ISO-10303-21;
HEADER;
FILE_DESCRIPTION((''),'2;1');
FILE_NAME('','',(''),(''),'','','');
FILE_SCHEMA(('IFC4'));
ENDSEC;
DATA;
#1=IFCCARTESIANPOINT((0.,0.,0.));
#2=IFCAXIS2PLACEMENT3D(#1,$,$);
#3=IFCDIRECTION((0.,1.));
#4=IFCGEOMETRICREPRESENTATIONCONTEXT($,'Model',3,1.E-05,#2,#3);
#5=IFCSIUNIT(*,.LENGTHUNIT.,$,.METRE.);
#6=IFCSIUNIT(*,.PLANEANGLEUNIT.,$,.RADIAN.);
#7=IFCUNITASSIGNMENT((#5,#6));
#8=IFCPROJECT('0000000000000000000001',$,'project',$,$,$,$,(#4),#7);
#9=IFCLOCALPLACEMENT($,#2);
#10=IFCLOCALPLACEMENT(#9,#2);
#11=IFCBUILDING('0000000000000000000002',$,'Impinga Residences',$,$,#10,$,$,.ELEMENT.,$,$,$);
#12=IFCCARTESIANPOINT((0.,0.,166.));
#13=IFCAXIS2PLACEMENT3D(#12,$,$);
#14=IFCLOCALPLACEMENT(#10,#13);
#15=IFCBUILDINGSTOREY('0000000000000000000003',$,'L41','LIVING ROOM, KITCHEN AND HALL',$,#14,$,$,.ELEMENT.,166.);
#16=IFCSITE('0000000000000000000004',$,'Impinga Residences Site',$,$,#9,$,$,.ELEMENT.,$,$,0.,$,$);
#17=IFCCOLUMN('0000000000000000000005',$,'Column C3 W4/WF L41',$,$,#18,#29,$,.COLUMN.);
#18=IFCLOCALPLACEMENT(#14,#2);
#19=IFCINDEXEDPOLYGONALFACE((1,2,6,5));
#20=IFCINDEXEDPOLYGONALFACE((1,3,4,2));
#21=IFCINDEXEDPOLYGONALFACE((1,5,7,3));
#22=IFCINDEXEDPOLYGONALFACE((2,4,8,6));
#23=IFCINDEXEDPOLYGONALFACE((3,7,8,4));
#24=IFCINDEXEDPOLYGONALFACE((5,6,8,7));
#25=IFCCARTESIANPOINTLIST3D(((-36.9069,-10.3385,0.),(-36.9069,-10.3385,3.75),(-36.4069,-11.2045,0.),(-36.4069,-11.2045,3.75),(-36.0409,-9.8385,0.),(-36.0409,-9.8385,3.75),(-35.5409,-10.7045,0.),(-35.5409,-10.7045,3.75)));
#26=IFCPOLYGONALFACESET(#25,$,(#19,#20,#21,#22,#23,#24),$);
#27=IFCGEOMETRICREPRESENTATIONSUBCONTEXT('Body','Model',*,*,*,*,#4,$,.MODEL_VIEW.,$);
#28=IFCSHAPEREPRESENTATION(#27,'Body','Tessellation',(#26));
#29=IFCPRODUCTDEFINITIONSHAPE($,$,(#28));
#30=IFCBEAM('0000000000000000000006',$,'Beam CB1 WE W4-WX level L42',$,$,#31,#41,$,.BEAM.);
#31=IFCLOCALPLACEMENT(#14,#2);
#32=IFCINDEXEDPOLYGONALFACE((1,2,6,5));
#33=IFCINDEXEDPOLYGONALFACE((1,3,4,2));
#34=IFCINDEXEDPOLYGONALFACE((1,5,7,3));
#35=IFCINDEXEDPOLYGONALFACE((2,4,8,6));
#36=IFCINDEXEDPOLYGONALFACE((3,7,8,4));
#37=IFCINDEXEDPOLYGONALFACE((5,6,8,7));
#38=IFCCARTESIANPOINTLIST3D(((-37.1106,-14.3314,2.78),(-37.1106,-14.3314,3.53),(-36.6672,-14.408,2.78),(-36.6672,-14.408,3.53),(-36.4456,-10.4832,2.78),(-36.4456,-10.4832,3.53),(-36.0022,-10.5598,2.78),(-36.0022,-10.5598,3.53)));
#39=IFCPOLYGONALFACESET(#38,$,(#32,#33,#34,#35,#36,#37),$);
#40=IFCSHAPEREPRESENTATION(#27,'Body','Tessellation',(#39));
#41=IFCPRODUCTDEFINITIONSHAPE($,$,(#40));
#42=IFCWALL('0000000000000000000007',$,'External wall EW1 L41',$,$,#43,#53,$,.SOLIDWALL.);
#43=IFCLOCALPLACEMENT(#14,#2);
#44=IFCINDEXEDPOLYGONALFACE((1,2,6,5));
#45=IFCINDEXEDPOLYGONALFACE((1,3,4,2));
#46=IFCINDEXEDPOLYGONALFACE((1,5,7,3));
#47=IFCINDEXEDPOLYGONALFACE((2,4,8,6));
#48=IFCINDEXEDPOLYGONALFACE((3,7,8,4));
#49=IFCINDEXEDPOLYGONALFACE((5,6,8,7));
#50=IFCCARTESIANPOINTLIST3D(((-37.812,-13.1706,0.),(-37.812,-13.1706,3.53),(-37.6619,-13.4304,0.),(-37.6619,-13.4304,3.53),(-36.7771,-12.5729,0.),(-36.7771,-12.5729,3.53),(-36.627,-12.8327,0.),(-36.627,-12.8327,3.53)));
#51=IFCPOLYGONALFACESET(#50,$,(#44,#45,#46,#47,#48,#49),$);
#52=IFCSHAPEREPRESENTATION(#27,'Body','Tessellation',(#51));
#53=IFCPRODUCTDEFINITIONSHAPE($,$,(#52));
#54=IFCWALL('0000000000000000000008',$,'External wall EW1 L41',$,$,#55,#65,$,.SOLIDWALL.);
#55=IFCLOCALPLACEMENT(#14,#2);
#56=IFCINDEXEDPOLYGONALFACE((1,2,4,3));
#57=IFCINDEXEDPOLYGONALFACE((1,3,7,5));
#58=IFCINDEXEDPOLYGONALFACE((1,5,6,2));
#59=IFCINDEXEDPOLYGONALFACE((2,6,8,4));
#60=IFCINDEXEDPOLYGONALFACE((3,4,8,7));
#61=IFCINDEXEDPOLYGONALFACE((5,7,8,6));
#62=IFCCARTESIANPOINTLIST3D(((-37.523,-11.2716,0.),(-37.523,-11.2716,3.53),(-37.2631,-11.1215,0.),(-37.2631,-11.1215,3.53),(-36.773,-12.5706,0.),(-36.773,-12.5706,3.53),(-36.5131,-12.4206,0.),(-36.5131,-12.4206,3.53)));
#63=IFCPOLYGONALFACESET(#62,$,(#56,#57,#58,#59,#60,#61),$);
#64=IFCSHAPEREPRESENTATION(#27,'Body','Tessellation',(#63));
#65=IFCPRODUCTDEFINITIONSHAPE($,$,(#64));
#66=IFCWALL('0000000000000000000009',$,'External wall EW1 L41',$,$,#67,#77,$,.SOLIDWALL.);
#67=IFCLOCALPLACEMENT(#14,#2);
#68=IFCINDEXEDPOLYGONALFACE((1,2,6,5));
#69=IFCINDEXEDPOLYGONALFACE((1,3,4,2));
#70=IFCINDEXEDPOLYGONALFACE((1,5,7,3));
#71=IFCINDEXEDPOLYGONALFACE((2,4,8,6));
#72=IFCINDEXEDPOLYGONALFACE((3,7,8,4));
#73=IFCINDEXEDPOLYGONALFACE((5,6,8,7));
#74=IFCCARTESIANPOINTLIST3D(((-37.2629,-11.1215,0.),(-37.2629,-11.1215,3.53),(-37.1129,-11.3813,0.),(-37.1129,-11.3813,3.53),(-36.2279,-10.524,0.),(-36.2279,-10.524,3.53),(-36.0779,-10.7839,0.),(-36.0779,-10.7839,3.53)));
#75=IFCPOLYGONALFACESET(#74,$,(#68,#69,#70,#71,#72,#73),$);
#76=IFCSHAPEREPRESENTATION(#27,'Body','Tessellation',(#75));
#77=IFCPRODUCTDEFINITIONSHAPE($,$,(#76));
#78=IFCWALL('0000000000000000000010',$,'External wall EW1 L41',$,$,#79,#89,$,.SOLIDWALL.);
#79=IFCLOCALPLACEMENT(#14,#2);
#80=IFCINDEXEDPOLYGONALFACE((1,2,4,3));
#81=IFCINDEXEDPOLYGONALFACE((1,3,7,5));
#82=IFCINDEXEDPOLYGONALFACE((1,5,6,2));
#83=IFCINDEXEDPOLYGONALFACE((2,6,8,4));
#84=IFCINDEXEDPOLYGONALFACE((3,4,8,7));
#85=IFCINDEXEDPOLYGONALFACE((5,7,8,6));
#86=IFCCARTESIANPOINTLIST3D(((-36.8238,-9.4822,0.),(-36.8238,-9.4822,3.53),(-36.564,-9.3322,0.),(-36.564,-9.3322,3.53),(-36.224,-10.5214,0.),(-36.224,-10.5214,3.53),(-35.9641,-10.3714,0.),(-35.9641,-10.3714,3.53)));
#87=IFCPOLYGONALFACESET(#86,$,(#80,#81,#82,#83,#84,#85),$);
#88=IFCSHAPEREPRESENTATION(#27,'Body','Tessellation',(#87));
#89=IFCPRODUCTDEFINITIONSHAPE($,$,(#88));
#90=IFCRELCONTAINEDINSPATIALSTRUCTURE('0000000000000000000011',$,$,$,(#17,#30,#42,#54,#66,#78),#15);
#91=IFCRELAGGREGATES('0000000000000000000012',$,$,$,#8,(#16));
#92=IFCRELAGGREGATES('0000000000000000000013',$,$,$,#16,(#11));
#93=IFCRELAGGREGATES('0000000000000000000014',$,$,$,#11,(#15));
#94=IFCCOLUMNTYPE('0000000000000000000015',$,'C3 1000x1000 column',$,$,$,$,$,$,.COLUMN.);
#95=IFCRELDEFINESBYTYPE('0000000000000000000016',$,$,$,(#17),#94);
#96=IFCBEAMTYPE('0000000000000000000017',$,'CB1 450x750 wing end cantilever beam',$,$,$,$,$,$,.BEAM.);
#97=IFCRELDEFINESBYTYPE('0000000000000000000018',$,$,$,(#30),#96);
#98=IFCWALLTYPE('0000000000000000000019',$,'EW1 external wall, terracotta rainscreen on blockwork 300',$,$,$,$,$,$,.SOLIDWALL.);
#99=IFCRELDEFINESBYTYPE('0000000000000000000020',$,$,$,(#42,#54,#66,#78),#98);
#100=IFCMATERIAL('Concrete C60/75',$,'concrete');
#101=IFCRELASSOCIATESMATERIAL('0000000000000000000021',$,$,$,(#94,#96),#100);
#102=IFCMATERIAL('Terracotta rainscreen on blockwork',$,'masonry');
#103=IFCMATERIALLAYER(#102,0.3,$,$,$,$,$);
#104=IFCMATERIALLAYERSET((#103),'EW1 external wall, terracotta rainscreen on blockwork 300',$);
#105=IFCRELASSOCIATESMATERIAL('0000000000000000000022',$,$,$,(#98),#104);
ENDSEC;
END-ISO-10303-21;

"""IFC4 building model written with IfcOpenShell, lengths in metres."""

from ifc_helpers import new_model, si_unit, direction, frame, frame_2d, origin, origin_2d, place, context, subcontext, project, spatial, rectangle, extrude, material, layer, layer_set, material_profile, profile_set, type_object, element, save


model = new_model("IFC4")

# Units and contexts
model_context = context("Model", 3, precision=1e-05, world=origin(), true_north=direction((0.0, 1.0)))
body_context = subcontext(model_context, "Body", "Model", "MODEL_VIEW")
ifc_project = project(units=[si_unit("LENGTHUNIT", "METRE"), si_unit("PLANEANGLEUNIT", "RADIAN")], contexts=[model_context])

# Site, building, storey
site_placement = place(None, origin())
site = spatial("IfcSite", under=ifc_project, at=site_placement, Name="Impinga Residences Site", CompositionType="ELEMENT", RefElevation=0.0)
building_placement = place(site_placement, origin())
building = spatial("IfcBuilding", under=site, at=building_placement, Name="Impinga Residences", CompositionType="ELEMENT")
storey_placement = place(building_placement, frame((0.0, 0.0, 166.0)))
storey = spatial("IfcBuildingStorey", under=building, at=storey_placement, Name="L41", Description="LIVING ROOM, KITCHEN AND HALL", CompositionType="ELEMENT", Elevation=166.0)

# Column
ifc_material_1 = material(Name="Concrete C60/75", Category="concrete")
ifc_material_profile_1 = material_profile(ifc_material_1, rectangle(XDim=1.0, YDim=1.0, at=origin_2d()), Name="RC 1000x1000")
ifc_profile_set_1 = profile_set([ifc_material_profile_1], Name="Concrete C60/75")
column_type = type_object("IfcColumnType", Name="C3 1000x1000 column", PredefinedType="COLUMN", material=ifc_profile_set_1)
column_placement = place(storey_placement, frame((-36.2239, -10.5215, 0.0), z_axis=(0.0, 0.0, 1.0), x_axis=(-0.5, 0.866025, 0.0)))
element("IfcColumn", 1, at=column_placement, inside=storey, type_object=column_type, Name="Column C3 W4/WF L41", PredefinedType="COLUMN", context=body_context, shape_type="SweptSolid", body=[
    extrude(rectangle(XDim=1.0, YDim=1.0, at=origin_2d()), origin(), (0.0, 0.0, 1.0), 3.75),
])

# Beam
ifc_material_profile_2 = material_profile(ifc_material_1, rectangle(XDim=0.45, YDim=0.75, at=origin_2d()), Name="RC 450x750")
ifc_profile_set_2 = profile_set([ifc_material_profile_2], Name="Concrete C60/75")
beam_type = type_object("IfcBeamType", Name="CB1 450x750 wing end cantilever beam", PredefinedType="BEAM", material=ifc_profile_set_2)
beam_placement = place(storey_placement, frame((-36.2239, -10.5215, 3.155), z_axis=(-0.170296, -0.985393, 0.0), x_axis=(0.985393, -0.170296, 0.0)))
element("IfcBeam", 2, at=beam_placement, inside=storey, type_object=beam_type, Name="Beam CB1 WE W4-WX level L42", PredefinedType="BEAM", context=body_context, shape_type="SweptSolid", body=[
    extrude(rectangle(XDim=0.45, YDim=0.75, at=origin_2d()), origin(), (0.0, 0.0, 1.0), 3.9053),
])

# Walls
ifc_material_2 = material(Name="Terracotta rainscreen on blockwork", Category="masonry")
ifc_layer_1 = layer(ifc_material_2, 0.3)
ifc_layer_set_1 = layer_set([ifc_layer_1], Name="EW1 external wall, terracotta rainscreen on blockwork 300")
wall_type_1 = type_object("IfcWallType", Name="EW1 external wall, terracotta rainscreen on blockwork 300", PredefinedType="SOLIDWALL", material=ifc_layer_set_1)
wall_1_placement = place(storey_placement, frame((-37.7371, -13.3005, 0.0), z_axis=(0.0, 0.0, 1.0), x_axis=(0.865971, 0.500094, 0.0)))
element("IfcWall", 3, at=wall_1_placement, inside=storey, type_object=wall_type_1, Name="External wall EW1 L41", PredefinedType="SOLIDWALL", context=body_context, shape_type="SweptSolid", body=[
    extrude(rectangle(XDim=1.1951, YDim=0.3, at=frame_2d((0.5977, 0.0))), origin(), (0.0, 0.0, 1.0), 3.53),
])
wall_2_placement = place(storey_placement, frame((-36.6431, -12.4956, 0.0), z_axis=(0.0, 0.0, 1.0), x_axis=(-0.49999, 0.866031, 0.0)))
element("IfcWall", 4, at=wall_2_placement, inside=storey, type_object=wall_type_1, Name="External wall EW1 L41", PredefinedType="SOLIDWALL", context=body_context, shape_type="SweptSolid", body=[
    extrude(rectangle(XDim=1.5, YDim=0.3, at=frame_2d((0.75, 0.0))), origin(), (0.0, 0.0, 1.0), 3.53),
])
wall_3_placement = place(storey_placement, frame((-37.188, -11.2515, 0.0), z_axis=(0.0, 0.0, 1.0), x_axis=(0.86606, 0.499941, 0.0)))
element("IfcWall", 5, at=wall_3_placement, inside=storey, type_object=wall_type_1, Name="External wall EW1 L41", PredefinedType="SOLIDWALL", context=body_context, shape_type="SweptSolid", body=[
    extrude(rectangle(XDim=1.1951, YDim=0.3, at=frame_2d((0.5977, 0.0))), origin(), (0.0, 0.0, 1.0), 3.53),
])
wall_4_placement = place(storey_placement, frame((-36.094, -10.4465, 0.0), z_axis=(0.0, 0.0, 1.0), x_axis=(-0.499881, 0.866094, 0.0)))
element("IfcWall", 6, at=wall_4_placement, inside=storey, type_object=wall_type_1, Name="External wall EW1 L41", PredefinedType="SOLIDWALL", context=body_context, shape_type="SweptSolid", body=[
    extrude(rectangle(XDim=1.2, YDim=0.3, at=frame_2d((0.6001, 0.0))), origin(), (0.0, 0.0, 1.0), 3.53),
])

save(model, "model.ifc")
